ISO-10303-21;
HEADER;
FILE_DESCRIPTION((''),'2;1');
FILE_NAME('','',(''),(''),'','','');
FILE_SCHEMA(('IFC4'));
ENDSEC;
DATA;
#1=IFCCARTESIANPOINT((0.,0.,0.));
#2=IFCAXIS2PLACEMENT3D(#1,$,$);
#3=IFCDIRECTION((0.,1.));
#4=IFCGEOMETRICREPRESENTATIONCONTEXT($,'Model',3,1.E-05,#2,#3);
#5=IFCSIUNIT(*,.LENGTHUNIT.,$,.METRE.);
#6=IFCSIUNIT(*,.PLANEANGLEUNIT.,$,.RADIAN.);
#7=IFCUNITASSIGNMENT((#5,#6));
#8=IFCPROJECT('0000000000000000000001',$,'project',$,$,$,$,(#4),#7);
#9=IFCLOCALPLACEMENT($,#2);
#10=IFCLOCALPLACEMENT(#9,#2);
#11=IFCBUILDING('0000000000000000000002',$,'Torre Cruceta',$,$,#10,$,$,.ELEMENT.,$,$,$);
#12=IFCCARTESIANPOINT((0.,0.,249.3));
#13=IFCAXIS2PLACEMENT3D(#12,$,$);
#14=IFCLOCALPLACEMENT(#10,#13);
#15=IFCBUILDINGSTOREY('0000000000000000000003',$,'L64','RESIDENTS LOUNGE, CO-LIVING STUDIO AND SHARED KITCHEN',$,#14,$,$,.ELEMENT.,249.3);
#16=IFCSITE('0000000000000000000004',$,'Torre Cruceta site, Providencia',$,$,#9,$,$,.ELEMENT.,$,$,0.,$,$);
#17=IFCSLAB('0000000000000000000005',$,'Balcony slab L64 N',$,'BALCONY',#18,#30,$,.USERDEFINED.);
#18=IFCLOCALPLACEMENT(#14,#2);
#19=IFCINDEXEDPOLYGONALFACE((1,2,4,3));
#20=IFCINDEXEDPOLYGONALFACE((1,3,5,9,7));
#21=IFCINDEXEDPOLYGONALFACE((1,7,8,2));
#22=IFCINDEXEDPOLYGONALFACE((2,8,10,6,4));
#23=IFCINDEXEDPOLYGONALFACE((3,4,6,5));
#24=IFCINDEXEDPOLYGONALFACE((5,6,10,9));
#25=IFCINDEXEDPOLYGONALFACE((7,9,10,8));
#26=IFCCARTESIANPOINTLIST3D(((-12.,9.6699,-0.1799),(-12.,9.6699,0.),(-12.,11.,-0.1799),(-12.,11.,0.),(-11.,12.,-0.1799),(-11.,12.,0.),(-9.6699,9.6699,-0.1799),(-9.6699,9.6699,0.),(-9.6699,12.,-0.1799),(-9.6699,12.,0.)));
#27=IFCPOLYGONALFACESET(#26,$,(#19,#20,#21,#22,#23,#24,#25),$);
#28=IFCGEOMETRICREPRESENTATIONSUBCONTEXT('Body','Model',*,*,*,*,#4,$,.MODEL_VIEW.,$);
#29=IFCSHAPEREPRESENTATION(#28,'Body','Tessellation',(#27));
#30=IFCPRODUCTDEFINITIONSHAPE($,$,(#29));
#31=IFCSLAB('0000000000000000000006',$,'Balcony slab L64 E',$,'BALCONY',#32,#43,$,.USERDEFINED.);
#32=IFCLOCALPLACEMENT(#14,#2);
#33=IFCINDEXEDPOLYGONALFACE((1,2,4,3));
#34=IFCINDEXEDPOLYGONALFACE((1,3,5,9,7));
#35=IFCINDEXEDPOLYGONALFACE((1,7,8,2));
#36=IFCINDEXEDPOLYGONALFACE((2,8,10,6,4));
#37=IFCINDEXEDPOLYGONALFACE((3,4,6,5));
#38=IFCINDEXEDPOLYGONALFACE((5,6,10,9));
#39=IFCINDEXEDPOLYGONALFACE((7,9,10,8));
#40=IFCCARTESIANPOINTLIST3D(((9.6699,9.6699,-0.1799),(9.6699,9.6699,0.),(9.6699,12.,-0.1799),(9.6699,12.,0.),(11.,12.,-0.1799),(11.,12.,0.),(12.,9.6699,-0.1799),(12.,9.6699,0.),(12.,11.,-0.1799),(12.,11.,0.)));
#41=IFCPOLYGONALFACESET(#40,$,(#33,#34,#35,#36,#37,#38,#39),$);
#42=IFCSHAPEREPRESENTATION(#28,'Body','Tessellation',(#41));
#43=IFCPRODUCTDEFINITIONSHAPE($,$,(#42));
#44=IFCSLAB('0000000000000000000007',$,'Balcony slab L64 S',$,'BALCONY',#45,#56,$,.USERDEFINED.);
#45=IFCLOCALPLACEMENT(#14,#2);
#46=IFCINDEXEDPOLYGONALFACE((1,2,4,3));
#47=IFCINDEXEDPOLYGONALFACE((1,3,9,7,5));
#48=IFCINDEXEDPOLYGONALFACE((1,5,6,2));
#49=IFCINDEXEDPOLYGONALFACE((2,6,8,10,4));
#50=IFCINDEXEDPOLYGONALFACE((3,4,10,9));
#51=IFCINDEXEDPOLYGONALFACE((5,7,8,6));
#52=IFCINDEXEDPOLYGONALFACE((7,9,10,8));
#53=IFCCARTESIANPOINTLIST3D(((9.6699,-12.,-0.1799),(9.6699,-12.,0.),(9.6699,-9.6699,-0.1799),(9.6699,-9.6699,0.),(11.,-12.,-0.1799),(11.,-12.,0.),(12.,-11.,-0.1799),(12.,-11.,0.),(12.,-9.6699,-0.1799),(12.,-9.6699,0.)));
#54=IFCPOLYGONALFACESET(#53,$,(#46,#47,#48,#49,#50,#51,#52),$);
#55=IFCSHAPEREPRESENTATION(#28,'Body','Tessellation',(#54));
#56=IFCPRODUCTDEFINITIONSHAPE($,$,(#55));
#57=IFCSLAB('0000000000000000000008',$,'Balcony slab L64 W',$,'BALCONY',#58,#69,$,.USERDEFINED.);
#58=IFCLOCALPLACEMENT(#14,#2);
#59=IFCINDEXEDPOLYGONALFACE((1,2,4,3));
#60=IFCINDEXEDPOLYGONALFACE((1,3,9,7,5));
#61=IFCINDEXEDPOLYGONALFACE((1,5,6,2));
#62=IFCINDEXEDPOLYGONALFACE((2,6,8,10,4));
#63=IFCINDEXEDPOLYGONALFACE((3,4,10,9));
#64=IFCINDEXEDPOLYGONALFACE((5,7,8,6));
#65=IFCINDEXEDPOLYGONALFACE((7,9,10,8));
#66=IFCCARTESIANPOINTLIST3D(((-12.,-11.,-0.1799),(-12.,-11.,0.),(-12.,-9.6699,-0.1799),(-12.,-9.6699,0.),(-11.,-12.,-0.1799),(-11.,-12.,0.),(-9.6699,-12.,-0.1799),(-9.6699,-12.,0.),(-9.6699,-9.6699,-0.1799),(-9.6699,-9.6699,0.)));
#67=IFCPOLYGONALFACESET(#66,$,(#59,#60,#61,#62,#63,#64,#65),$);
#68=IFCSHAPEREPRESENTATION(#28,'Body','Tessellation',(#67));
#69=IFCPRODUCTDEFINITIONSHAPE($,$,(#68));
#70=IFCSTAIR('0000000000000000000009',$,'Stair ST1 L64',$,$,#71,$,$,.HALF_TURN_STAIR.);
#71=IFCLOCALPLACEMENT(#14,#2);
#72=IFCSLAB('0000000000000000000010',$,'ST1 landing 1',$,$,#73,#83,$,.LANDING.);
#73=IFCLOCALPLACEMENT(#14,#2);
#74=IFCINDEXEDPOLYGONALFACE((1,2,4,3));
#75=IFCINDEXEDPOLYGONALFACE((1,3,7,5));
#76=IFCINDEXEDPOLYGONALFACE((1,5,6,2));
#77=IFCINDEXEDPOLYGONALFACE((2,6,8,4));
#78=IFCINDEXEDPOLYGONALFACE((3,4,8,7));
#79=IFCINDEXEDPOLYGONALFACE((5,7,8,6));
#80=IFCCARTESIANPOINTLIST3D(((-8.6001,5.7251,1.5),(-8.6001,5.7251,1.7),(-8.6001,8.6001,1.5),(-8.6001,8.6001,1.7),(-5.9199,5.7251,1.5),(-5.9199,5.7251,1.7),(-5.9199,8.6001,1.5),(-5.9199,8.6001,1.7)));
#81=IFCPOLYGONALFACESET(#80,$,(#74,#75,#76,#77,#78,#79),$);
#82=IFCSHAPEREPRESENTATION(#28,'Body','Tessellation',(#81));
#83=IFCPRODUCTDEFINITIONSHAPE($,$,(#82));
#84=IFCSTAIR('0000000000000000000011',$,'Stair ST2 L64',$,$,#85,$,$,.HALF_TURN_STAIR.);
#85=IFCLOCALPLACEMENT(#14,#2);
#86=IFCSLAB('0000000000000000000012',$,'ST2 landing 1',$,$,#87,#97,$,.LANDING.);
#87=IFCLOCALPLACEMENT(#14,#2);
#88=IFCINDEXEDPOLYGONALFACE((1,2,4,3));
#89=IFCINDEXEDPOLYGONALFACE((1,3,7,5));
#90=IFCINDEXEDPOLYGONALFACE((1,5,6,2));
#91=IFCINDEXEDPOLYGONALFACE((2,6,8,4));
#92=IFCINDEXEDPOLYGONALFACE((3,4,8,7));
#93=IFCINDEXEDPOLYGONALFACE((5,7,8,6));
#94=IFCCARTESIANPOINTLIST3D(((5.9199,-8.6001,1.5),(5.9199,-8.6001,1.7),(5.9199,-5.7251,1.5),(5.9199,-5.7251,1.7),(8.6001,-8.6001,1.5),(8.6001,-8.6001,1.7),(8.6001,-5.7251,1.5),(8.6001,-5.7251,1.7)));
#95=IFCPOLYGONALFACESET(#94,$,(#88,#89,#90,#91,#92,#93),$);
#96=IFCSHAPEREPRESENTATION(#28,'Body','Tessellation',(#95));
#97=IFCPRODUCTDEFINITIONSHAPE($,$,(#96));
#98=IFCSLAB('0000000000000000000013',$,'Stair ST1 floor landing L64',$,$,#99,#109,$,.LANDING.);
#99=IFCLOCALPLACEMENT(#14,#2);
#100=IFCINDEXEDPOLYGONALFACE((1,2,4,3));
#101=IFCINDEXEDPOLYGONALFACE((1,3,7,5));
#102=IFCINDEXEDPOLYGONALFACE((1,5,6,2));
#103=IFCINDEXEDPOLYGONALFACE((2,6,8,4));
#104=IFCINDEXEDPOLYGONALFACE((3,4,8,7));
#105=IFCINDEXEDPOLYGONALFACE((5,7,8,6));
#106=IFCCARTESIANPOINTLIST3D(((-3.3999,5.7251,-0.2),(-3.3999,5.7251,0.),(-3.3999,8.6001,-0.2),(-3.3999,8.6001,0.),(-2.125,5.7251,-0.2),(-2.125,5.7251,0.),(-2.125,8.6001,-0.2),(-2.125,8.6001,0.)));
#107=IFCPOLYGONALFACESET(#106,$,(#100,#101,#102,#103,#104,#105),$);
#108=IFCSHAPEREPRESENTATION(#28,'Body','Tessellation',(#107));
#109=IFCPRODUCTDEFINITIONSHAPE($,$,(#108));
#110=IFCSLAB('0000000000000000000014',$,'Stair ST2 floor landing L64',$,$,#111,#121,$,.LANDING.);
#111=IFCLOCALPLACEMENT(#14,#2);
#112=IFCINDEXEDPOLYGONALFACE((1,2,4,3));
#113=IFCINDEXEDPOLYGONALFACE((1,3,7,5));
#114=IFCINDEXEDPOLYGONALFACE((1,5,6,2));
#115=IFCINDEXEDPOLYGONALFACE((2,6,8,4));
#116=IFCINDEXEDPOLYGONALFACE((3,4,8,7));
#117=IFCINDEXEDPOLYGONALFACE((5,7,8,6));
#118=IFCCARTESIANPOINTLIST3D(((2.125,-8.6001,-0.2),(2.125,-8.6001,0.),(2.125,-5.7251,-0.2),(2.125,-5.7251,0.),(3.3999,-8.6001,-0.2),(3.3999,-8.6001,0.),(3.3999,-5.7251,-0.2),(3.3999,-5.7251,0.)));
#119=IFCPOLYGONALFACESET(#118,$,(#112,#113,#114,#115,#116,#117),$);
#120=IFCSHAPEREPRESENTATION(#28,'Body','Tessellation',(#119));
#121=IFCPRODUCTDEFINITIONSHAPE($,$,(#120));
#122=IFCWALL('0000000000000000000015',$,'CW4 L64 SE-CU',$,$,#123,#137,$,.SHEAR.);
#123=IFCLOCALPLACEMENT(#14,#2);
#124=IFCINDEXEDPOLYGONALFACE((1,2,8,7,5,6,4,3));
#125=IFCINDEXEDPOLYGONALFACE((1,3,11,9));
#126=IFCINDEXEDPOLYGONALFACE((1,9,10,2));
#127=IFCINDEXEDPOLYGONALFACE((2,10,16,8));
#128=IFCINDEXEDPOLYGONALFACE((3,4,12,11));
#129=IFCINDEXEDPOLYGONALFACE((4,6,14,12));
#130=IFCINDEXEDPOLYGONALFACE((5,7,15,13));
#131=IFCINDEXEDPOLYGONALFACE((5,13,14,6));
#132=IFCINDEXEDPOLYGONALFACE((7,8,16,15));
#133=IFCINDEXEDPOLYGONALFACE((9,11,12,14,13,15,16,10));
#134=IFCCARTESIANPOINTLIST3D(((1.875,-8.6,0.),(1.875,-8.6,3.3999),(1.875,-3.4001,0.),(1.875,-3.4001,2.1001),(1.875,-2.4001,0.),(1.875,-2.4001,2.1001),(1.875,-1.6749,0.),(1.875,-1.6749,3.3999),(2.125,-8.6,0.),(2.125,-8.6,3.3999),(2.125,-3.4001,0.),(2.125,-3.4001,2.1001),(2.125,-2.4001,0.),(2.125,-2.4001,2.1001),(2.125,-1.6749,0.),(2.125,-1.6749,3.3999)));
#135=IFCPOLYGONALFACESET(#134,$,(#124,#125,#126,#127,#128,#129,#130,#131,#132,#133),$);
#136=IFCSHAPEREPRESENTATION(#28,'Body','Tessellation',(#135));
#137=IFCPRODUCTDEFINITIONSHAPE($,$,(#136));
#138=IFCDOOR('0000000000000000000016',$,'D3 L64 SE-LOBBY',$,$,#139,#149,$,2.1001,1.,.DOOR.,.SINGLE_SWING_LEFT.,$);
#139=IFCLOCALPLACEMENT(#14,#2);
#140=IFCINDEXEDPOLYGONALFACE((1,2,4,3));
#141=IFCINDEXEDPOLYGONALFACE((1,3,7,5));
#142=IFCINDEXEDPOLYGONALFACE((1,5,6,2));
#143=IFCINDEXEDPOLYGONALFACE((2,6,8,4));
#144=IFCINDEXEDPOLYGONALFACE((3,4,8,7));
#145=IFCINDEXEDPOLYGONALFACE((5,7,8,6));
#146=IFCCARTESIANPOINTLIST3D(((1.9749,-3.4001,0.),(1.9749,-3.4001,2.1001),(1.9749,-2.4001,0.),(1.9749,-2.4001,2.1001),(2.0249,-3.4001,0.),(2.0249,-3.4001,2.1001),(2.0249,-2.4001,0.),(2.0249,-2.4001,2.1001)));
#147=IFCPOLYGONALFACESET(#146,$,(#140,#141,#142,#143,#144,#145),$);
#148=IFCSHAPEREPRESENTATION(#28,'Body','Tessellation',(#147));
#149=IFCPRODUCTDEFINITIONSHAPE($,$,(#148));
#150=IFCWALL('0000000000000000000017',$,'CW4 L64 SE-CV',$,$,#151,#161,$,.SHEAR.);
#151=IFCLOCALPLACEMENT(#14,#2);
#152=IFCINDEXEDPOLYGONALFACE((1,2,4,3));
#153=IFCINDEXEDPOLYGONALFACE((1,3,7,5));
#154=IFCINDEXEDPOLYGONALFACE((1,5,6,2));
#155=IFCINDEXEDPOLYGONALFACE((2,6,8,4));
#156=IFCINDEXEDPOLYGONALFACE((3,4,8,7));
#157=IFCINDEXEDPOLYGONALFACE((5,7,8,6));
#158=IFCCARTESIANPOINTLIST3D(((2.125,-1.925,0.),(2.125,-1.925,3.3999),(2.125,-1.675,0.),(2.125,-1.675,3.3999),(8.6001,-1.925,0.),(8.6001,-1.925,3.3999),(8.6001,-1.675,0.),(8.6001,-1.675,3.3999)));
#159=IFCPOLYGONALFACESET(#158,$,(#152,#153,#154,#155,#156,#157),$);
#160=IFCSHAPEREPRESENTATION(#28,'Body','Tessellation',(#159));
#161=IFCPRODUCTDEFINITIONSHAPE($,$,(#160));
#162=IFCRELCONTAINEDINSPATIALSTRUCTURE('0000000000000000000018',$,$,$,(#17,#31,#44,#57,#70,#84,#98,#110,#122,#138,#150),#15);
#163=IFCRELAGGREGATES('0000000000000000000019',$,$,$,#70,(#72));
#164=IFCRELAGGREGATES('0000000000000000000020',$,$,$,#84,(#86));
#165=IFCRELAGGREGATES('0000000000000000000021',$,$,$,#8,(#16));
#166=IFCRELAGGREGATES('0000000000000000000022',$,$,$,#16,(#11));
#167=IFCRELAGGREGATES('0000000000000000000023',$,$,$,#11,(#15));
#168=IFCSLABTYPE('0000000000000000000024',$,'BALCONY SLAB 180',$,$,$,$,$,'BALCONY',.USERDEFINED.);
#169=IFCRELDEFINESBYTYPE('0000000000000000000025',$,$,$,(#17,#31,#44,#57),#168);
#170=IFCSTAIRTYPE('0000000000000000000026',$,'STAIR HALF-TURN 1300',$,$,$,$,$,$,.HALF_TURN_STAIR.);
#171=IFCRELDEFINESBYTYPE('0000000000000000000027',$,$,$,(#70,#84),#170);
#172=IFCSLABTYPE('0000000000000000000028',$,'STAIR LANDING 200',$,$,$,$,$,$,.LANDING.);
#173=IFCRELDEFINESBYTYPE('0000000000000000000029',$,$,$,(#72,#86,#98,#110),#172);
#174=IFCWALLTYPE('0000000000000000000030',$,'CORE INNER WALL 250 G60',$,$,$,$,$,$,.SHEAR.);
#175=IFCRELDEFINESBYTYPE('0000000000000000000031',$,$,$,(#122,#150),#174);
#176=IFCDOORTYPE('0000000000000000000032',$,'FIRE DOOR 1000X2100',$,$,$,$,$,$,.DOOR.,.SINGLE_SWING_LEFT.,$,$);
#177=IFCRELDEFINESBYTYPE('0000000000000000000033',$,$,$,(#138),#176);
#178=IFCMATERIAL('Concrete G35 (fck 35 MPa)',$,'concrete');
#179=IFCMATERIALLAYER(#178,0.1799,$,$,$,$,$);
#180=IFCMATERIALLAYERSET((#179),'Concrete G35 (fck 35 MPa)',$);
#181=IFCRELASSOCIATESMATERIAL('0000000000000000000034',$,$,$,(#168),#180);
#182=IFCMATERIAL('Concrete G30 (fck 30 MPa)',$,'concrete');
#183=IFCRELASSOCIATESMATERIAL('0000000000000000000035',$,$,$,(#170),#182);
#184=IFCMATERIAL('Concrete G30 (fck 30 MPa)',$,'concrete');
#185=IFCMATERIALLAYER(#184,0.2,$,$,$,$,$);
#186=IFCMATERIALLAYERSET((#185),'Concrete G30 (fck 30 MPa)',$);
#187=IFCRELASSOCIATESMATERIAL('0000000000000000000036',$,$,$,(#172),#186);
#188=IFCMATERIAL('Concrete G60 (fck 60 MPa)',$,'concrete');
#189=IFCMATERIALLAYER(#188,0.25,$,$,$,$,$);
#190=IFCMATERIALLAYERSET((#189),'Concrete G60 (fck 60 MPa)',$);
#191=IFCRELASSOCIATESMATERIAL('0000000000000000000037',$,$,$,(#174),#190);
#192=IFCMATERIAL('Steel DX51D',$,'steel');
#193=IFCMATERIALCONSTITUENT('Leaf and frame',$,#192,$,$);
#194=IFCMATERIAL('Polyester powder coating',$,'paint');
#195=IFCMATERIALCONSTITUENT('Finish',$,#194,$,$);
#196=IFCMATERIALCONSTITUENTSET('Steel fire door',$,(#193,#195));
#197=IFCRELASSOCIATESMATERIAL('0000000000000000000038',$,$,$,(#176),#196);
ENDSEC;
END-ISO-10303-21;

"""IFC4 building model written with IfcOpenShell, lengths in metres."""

from ifc_helpers import new_model, si_unit, direction, frame, frame_2d, origin, place, context, subcontext, project, spatial, polyline, rectangle, outline, extrude, material, layer, layer_set, constituent, constituent_set, type_object, element, fill, aggregate, save


model = new_model("IFC4")

# Units and contexts
model_context = context("Model", 3, precision=1e-05, world=origin(), true_north=direction((0.0, 1.0)))
body_context = subcontext(model_context, "Body", "Model", "MODEL_VIEW")
ifc_project = project(units=[si_unit("LENGTHUNIT", "METRE"), si_unit("PLANEANGLEUNIT", "RADIAN")], contexts=[model_context])

# Site, building, storey
site_placement = place(None, origin())
site = spatial("IfcSite", under=ifc_project, at=site_placement, Name="Torre Cruceta site, Providencia", CompositionType="ELEMENT", RefElevation=0.0)
building_placement = place(site_placement, origin())
building = spatial("IfcBuilding", under=site, at=building_placement, Name="Torre Cruceta", CompositionType="ELEMENT")
storey_placement = place(building_placement, frame((0.0, 0.0, 249.3)))
storey = spatial("IfcBuildingStorey", under=building, at=storey_placement, Name="L64", Description="RESIDENTS LOUNGE, CO-LIVING STUDIO AND SHARED KITCHEN", CompositionType="ELEMENT", Elevation=249.3)

# Slabs
ifc_material_1 = material(Name="Concrete G35 (fck 35 MPa)", Category="concrete")
ifc_layer_1 = layer(ifc_material_1, 0.1799)
ifc_layer_set_1 = layer_set([ifc_layer_1], Name="Concrete G35 (fck 35 MPa)")
slab_type_1 = type_object("IfcSlabType", Name="BALCONY SLAB 180", ElementType="BALCONY", PredefinedType="USERDEFINED", material=ifc_layer_set_1)
slab_1_placement = place(storey_placement, frame((0.0, 0.0, -0.1799)))
element("IfcSlab", 1, at=slab_1_placement, inside=storey, type_object=slab_type_1, Name="Balcony slab L64 N", ObjectType="BALCONY", PredefinedType="USERDEFINED", context=body_context, shape_type="SweptSolid", body=[
    extrude(outline(polyline([(-12.0, 11.0), (-11.0, 12.0), (-9.6699, 12.0), (-9.6699, 9.6699), (-12.0, 9.6699), (-12.0, 11.0)])), origin(), (0.0, 0.0, 1.0), 0.1799),
])
slab_2_placement = place(storey_placement, frame((0.0, 0.0, -0.1799)))
element("IfcSlab", 2, at=slab_2_placement, inside=storey, type_object=slab_type_1, Name="Balcony slab L64 E", ObjectType="BALCONY", PredefinedType="USERDEFINED", context=body_context, shape_type="SweptSolid", body=[
    extrude(outline(polyline([(11.0, 12.0), (12.0, 11.0), (12.0, 9.6699), (9.6699, 9.6699), (9.6699, 12.0), (11.0, 12.0)])), origin(), (0.0, 0.0, 1.0), 0.1799),
])
slab_3_placement = place(storey_placement, frame((0.0, 0.0, -0.1799)))
element("IfcSlab", 3, at=slab_3_placement, inside=storey, type_object=slab_type_1, Name="Balcony slab L64 S", ObjectType="BALCONY", PredefinedType="USERDEFINED", context=body_context, shape_type="SweptSolid", body=[
    extrude(outline(polyline([(12.0, -11.0), (11.0, -12.0), (9.6699, -12.0), (9.6699, -9.6699), (12.0, -9.6699), (12.0, -11.0)])), origin(), (0.0, 0.0, 1.0), 0.1799),
])
slab_4_placement = place(storey_placement, frame((0.0, 0.0, -0.1799)))
element("IfcSlab", 4, at=slab_4_placement, inside=storey, type_object=slab_type_1, Name="Balcony slab L64 W", ObjectType="BALCONY", PredefinedType="USERDEFINED", context=body_context, shape_type="SweptSolid", body=[
    extrude(outline(polyline([(-11.0, -12.0), (-12.0, -11.0), (-12.0, -9.6699), (-9.6699, -9.6699), (-9.6699, -12.0), (-11.0, -12.0)])), origin(), (0.0, 0.0, 1.0), 0.1799),
])

# Stairs, slabs
ifc_material_2 = material(Name="Concrete G30 (fck 30 MPa)", Category="concrete")
stair_type = type_object("IfcStairType", Name="STAIR HALF-TURN 1300", PredefinedType="HALF_TURN_STAIR", material=ifc_material_2)
stair_1_placement = place(storey_placement, origin())
stair_1 = element("IfcStair", 5, at=stair_1_placement, inside=storey, type_object=stair_type, Name="Stair ST1 L64", PredefinedType="HALF_TURN_STAIR")
ifc_material_3 = material(Name="Concrete G30 (fck 30 MPa)", Category="concrete")
ifc_layer_2 = layer(ifc_material_3, 0.2)
ifc_layer_set_2 = layer_set([ifc_layer_2], Name="Concrete G30 (fck 30 MPa)")
slab_type_2 = type_object("IfcSlabType", Name="STAIR LANDING 200", PredefinedType="LANDING", material=ifc_layer_set_2)
slab_5_placement = place(storey_placement, frame((0.0, 0.0, 1.5)))
slab_5 = element("IfcSlab", 6, at=slab_5_placement, type_object=slab_type_2, Name="ST1 landing 1", PredefinedType="LANDING", context=body_context, shape_type="SweptSolid", body=[
    extrude(outline(polyline([(-8.6001, 5.7251), (-5.9199, 5.7251), (-5.9199, 8.6001), (-8.6001, 8.6001), (-8.6001, 5.7251)])), origin(), (0.0, 0.0, 1.0), 0.2),
])
aggregate(stair_1, [slab_5])
stair_2_placement = place(storey_placement, origin())
stair_2 = element("IfcStair", 7, at=stair_2_placement, inside=storey, type_object=stair_type, Name="Stair ST2 L64", PredefinedType="HALF_TURN_STAIR")
slab_6_placement = place(storey_placement, frame((0.0, 0.0, 1.5)))
slab_6 = element("IfcSlab", 8, at=slab_6_placement, type_object=slab_type_2, Name="ST2 landing 1", PredefinedType="LANDING", context=body_context, shape_type="SweptSolid", body=[
    extrude(outline(polyline([(5.9199, -8.6001), (8.6001, -8.6001), (8.6001, -5.7251), (5.9199, -5.7251), (5.9199, -8.6001)])), origin(), (0.0, 0.0, 1.0), 0.2),
])

# Slabs
slab_7_placement = place(storey_placement, frame((0.0, 0.0, -0.2)))
element("IfcSlab", 9, at=slab_7_placement, inside=storey, type_object=slab_type_2, Name="Stair ST1 floor landing L64", PredefinedType="LANDING", context=body_context, shape_type="SweptSolid", body=[
    extrude(outline(polyline([(-2.125, 8.6001), (-2.125, 5.7251), (-3.3999, 5.7251), (-3.3999, 8.6001), (-2.125, 8.6001)])), origin(), (0.0, 0.0, 1.0), 0.2),
])
slab_8_placement = place(storey_placement, frame((0.0, 0.0, -0.2)))
element("IfcSlab", 10, at=slab_8_placement, inside=storey, type_object=slab_type_2, Name="Stair ST2 floor landing L64", PredefinedType="LANDING", context=body_context, shape_type="SweptSolid", body=[
    extrude(outline(polyline([(2.125, -8.6001), (2.125, -5.7251), (3.3999, -5.7251), (3.3999, -8.6001), (2.125, -8.6001)])), origin(), (0.0, 0.0, 1.0), 0.2),
])

# Wall, opening, door
ifc_material_4 = material(Name="Concrete G60 (fck 60 MPa)", Category="concrete")
ifc_layer_3 = layer(ifc_material_4, 0.25)
ifc_layer_set_3 = layer_set([ifc_layer_3], Name="Concrete G60 (fck 60 MPa)")
wall_type_1 = type_object("IfcWallType", Name="CORE INNER WALL 250 G60", PredefinedType="SHEAR", material=ifc_layer_set_3)
wall_1_placement = place(storey_placement, frame((2.0, -1.675, 0.0), z_axis=(0.0, 0.0, 1.0), x_axis=(0.0, -1.0, 0.0)))
wall_1 = element("IfcWall", 11, at=wall_1_placement, inside=storey, type_object=wall_type_1, Name="CW4 L64 SE-CU", PredefinedType="SHEAR", context=body_context, shape_type="SweptSolid", body=[
    extrude(rectangle(XDim=6.925, YDim=0.25, at=frame_2d((3.4624, 0.0))), origin(), (0.0, 0.0, 1.0), 3.3999),
])
opening_1_placement = place(wall_1_placement, frame((0.7251, 0.0, 0.0)))
opening_1 = element("IfcOpeningElement", 12, at=opening_1_placement, cuts=wall_1, PredefinedType="OPENING", context=body_context, shape_type="SweptSolid", body=[
    extrude(rectangle(XDim=1.0, YDim=2.1001, at=frame_2d((0.5, 1.05))), frame((0.0, 0.135, 0.0), z_axis=(0.0, -1.0, 0.0), x_axis=(1.0, 0.0, 0.0)), (0.0, 0.0, 1.0), 0.27),
])
ifc_material_5 = material(Name="Steel DX51D", Category="steel")
ifc_constituent_1 = constituent(ifc_material_5, Name="Leaf and frame")
ifc_material_6 = material(Name="Polyester powder coating", Category="paint")
ifc_constituent_2 = constituent(ifc_material_6, Name="Finish")
ifc_constituent_set_1 = constituent_set(constituents=[ifc_constituent_1, ifc_constituent_2], Name="Steel fire door")
door_type_1 = type_object("IfcDoorType", Name="FIRE DOOR 1000X2100", OperationType="SINGLE_SWING_LEFT", PredefinedType="DOOR", material=ifc_constituent_set_1)
door_1_placement = place(opening_1_placement, origin())
door_1 = element("IfcDoor", 13, at=door_1_placement, inside=storey, type_object=door_type_1, Name="D3 L64 SE-LOBBY", OperationType="SINGLE_SWING_LEFT", OverallHeight=2.1001, OverallWidth=1.0, PredefinedType="DOOR", context=body_context, shape_type="SweptSolid", body=[
    extrude(rectangle(XDim=1.0, YDim=2.1001, at=frame_2d((0.5, 1.05))), frame((0.0, 0.0249, 0.0), z_axis=(0.0, -1.0, 0.0), x_axis=(1.0, 0.0, 0.0)), (0.0, 0.0, 1.0), 0.05),
])
fill(opening_1, door_1)

# Wall
wall_2_placement = place(storey_placement, frame((2.125, -1.8, 0.0), z_axis=(0.0, 0.0, 1.0), x_axis=(1.0, 0.0, 0.0)))
element("IfcWall", 14, at=wall_2_placement, inside=storey, type_object=wall_type_1, Name="CW4 L64 SE-CV", PredefinedType="SHEAR", context=body_context, shape_type="SweptSolid", body=[
    extrude(rectangle(XDim=6.4751, YDim=0.25, at=frame_2d((3.2375, 0.0))), origin(), (0.0, 0.0, 1.0), 3.3999),
])

aggregate(stair_2, [slab_6])

save(model, "model.ifc")
